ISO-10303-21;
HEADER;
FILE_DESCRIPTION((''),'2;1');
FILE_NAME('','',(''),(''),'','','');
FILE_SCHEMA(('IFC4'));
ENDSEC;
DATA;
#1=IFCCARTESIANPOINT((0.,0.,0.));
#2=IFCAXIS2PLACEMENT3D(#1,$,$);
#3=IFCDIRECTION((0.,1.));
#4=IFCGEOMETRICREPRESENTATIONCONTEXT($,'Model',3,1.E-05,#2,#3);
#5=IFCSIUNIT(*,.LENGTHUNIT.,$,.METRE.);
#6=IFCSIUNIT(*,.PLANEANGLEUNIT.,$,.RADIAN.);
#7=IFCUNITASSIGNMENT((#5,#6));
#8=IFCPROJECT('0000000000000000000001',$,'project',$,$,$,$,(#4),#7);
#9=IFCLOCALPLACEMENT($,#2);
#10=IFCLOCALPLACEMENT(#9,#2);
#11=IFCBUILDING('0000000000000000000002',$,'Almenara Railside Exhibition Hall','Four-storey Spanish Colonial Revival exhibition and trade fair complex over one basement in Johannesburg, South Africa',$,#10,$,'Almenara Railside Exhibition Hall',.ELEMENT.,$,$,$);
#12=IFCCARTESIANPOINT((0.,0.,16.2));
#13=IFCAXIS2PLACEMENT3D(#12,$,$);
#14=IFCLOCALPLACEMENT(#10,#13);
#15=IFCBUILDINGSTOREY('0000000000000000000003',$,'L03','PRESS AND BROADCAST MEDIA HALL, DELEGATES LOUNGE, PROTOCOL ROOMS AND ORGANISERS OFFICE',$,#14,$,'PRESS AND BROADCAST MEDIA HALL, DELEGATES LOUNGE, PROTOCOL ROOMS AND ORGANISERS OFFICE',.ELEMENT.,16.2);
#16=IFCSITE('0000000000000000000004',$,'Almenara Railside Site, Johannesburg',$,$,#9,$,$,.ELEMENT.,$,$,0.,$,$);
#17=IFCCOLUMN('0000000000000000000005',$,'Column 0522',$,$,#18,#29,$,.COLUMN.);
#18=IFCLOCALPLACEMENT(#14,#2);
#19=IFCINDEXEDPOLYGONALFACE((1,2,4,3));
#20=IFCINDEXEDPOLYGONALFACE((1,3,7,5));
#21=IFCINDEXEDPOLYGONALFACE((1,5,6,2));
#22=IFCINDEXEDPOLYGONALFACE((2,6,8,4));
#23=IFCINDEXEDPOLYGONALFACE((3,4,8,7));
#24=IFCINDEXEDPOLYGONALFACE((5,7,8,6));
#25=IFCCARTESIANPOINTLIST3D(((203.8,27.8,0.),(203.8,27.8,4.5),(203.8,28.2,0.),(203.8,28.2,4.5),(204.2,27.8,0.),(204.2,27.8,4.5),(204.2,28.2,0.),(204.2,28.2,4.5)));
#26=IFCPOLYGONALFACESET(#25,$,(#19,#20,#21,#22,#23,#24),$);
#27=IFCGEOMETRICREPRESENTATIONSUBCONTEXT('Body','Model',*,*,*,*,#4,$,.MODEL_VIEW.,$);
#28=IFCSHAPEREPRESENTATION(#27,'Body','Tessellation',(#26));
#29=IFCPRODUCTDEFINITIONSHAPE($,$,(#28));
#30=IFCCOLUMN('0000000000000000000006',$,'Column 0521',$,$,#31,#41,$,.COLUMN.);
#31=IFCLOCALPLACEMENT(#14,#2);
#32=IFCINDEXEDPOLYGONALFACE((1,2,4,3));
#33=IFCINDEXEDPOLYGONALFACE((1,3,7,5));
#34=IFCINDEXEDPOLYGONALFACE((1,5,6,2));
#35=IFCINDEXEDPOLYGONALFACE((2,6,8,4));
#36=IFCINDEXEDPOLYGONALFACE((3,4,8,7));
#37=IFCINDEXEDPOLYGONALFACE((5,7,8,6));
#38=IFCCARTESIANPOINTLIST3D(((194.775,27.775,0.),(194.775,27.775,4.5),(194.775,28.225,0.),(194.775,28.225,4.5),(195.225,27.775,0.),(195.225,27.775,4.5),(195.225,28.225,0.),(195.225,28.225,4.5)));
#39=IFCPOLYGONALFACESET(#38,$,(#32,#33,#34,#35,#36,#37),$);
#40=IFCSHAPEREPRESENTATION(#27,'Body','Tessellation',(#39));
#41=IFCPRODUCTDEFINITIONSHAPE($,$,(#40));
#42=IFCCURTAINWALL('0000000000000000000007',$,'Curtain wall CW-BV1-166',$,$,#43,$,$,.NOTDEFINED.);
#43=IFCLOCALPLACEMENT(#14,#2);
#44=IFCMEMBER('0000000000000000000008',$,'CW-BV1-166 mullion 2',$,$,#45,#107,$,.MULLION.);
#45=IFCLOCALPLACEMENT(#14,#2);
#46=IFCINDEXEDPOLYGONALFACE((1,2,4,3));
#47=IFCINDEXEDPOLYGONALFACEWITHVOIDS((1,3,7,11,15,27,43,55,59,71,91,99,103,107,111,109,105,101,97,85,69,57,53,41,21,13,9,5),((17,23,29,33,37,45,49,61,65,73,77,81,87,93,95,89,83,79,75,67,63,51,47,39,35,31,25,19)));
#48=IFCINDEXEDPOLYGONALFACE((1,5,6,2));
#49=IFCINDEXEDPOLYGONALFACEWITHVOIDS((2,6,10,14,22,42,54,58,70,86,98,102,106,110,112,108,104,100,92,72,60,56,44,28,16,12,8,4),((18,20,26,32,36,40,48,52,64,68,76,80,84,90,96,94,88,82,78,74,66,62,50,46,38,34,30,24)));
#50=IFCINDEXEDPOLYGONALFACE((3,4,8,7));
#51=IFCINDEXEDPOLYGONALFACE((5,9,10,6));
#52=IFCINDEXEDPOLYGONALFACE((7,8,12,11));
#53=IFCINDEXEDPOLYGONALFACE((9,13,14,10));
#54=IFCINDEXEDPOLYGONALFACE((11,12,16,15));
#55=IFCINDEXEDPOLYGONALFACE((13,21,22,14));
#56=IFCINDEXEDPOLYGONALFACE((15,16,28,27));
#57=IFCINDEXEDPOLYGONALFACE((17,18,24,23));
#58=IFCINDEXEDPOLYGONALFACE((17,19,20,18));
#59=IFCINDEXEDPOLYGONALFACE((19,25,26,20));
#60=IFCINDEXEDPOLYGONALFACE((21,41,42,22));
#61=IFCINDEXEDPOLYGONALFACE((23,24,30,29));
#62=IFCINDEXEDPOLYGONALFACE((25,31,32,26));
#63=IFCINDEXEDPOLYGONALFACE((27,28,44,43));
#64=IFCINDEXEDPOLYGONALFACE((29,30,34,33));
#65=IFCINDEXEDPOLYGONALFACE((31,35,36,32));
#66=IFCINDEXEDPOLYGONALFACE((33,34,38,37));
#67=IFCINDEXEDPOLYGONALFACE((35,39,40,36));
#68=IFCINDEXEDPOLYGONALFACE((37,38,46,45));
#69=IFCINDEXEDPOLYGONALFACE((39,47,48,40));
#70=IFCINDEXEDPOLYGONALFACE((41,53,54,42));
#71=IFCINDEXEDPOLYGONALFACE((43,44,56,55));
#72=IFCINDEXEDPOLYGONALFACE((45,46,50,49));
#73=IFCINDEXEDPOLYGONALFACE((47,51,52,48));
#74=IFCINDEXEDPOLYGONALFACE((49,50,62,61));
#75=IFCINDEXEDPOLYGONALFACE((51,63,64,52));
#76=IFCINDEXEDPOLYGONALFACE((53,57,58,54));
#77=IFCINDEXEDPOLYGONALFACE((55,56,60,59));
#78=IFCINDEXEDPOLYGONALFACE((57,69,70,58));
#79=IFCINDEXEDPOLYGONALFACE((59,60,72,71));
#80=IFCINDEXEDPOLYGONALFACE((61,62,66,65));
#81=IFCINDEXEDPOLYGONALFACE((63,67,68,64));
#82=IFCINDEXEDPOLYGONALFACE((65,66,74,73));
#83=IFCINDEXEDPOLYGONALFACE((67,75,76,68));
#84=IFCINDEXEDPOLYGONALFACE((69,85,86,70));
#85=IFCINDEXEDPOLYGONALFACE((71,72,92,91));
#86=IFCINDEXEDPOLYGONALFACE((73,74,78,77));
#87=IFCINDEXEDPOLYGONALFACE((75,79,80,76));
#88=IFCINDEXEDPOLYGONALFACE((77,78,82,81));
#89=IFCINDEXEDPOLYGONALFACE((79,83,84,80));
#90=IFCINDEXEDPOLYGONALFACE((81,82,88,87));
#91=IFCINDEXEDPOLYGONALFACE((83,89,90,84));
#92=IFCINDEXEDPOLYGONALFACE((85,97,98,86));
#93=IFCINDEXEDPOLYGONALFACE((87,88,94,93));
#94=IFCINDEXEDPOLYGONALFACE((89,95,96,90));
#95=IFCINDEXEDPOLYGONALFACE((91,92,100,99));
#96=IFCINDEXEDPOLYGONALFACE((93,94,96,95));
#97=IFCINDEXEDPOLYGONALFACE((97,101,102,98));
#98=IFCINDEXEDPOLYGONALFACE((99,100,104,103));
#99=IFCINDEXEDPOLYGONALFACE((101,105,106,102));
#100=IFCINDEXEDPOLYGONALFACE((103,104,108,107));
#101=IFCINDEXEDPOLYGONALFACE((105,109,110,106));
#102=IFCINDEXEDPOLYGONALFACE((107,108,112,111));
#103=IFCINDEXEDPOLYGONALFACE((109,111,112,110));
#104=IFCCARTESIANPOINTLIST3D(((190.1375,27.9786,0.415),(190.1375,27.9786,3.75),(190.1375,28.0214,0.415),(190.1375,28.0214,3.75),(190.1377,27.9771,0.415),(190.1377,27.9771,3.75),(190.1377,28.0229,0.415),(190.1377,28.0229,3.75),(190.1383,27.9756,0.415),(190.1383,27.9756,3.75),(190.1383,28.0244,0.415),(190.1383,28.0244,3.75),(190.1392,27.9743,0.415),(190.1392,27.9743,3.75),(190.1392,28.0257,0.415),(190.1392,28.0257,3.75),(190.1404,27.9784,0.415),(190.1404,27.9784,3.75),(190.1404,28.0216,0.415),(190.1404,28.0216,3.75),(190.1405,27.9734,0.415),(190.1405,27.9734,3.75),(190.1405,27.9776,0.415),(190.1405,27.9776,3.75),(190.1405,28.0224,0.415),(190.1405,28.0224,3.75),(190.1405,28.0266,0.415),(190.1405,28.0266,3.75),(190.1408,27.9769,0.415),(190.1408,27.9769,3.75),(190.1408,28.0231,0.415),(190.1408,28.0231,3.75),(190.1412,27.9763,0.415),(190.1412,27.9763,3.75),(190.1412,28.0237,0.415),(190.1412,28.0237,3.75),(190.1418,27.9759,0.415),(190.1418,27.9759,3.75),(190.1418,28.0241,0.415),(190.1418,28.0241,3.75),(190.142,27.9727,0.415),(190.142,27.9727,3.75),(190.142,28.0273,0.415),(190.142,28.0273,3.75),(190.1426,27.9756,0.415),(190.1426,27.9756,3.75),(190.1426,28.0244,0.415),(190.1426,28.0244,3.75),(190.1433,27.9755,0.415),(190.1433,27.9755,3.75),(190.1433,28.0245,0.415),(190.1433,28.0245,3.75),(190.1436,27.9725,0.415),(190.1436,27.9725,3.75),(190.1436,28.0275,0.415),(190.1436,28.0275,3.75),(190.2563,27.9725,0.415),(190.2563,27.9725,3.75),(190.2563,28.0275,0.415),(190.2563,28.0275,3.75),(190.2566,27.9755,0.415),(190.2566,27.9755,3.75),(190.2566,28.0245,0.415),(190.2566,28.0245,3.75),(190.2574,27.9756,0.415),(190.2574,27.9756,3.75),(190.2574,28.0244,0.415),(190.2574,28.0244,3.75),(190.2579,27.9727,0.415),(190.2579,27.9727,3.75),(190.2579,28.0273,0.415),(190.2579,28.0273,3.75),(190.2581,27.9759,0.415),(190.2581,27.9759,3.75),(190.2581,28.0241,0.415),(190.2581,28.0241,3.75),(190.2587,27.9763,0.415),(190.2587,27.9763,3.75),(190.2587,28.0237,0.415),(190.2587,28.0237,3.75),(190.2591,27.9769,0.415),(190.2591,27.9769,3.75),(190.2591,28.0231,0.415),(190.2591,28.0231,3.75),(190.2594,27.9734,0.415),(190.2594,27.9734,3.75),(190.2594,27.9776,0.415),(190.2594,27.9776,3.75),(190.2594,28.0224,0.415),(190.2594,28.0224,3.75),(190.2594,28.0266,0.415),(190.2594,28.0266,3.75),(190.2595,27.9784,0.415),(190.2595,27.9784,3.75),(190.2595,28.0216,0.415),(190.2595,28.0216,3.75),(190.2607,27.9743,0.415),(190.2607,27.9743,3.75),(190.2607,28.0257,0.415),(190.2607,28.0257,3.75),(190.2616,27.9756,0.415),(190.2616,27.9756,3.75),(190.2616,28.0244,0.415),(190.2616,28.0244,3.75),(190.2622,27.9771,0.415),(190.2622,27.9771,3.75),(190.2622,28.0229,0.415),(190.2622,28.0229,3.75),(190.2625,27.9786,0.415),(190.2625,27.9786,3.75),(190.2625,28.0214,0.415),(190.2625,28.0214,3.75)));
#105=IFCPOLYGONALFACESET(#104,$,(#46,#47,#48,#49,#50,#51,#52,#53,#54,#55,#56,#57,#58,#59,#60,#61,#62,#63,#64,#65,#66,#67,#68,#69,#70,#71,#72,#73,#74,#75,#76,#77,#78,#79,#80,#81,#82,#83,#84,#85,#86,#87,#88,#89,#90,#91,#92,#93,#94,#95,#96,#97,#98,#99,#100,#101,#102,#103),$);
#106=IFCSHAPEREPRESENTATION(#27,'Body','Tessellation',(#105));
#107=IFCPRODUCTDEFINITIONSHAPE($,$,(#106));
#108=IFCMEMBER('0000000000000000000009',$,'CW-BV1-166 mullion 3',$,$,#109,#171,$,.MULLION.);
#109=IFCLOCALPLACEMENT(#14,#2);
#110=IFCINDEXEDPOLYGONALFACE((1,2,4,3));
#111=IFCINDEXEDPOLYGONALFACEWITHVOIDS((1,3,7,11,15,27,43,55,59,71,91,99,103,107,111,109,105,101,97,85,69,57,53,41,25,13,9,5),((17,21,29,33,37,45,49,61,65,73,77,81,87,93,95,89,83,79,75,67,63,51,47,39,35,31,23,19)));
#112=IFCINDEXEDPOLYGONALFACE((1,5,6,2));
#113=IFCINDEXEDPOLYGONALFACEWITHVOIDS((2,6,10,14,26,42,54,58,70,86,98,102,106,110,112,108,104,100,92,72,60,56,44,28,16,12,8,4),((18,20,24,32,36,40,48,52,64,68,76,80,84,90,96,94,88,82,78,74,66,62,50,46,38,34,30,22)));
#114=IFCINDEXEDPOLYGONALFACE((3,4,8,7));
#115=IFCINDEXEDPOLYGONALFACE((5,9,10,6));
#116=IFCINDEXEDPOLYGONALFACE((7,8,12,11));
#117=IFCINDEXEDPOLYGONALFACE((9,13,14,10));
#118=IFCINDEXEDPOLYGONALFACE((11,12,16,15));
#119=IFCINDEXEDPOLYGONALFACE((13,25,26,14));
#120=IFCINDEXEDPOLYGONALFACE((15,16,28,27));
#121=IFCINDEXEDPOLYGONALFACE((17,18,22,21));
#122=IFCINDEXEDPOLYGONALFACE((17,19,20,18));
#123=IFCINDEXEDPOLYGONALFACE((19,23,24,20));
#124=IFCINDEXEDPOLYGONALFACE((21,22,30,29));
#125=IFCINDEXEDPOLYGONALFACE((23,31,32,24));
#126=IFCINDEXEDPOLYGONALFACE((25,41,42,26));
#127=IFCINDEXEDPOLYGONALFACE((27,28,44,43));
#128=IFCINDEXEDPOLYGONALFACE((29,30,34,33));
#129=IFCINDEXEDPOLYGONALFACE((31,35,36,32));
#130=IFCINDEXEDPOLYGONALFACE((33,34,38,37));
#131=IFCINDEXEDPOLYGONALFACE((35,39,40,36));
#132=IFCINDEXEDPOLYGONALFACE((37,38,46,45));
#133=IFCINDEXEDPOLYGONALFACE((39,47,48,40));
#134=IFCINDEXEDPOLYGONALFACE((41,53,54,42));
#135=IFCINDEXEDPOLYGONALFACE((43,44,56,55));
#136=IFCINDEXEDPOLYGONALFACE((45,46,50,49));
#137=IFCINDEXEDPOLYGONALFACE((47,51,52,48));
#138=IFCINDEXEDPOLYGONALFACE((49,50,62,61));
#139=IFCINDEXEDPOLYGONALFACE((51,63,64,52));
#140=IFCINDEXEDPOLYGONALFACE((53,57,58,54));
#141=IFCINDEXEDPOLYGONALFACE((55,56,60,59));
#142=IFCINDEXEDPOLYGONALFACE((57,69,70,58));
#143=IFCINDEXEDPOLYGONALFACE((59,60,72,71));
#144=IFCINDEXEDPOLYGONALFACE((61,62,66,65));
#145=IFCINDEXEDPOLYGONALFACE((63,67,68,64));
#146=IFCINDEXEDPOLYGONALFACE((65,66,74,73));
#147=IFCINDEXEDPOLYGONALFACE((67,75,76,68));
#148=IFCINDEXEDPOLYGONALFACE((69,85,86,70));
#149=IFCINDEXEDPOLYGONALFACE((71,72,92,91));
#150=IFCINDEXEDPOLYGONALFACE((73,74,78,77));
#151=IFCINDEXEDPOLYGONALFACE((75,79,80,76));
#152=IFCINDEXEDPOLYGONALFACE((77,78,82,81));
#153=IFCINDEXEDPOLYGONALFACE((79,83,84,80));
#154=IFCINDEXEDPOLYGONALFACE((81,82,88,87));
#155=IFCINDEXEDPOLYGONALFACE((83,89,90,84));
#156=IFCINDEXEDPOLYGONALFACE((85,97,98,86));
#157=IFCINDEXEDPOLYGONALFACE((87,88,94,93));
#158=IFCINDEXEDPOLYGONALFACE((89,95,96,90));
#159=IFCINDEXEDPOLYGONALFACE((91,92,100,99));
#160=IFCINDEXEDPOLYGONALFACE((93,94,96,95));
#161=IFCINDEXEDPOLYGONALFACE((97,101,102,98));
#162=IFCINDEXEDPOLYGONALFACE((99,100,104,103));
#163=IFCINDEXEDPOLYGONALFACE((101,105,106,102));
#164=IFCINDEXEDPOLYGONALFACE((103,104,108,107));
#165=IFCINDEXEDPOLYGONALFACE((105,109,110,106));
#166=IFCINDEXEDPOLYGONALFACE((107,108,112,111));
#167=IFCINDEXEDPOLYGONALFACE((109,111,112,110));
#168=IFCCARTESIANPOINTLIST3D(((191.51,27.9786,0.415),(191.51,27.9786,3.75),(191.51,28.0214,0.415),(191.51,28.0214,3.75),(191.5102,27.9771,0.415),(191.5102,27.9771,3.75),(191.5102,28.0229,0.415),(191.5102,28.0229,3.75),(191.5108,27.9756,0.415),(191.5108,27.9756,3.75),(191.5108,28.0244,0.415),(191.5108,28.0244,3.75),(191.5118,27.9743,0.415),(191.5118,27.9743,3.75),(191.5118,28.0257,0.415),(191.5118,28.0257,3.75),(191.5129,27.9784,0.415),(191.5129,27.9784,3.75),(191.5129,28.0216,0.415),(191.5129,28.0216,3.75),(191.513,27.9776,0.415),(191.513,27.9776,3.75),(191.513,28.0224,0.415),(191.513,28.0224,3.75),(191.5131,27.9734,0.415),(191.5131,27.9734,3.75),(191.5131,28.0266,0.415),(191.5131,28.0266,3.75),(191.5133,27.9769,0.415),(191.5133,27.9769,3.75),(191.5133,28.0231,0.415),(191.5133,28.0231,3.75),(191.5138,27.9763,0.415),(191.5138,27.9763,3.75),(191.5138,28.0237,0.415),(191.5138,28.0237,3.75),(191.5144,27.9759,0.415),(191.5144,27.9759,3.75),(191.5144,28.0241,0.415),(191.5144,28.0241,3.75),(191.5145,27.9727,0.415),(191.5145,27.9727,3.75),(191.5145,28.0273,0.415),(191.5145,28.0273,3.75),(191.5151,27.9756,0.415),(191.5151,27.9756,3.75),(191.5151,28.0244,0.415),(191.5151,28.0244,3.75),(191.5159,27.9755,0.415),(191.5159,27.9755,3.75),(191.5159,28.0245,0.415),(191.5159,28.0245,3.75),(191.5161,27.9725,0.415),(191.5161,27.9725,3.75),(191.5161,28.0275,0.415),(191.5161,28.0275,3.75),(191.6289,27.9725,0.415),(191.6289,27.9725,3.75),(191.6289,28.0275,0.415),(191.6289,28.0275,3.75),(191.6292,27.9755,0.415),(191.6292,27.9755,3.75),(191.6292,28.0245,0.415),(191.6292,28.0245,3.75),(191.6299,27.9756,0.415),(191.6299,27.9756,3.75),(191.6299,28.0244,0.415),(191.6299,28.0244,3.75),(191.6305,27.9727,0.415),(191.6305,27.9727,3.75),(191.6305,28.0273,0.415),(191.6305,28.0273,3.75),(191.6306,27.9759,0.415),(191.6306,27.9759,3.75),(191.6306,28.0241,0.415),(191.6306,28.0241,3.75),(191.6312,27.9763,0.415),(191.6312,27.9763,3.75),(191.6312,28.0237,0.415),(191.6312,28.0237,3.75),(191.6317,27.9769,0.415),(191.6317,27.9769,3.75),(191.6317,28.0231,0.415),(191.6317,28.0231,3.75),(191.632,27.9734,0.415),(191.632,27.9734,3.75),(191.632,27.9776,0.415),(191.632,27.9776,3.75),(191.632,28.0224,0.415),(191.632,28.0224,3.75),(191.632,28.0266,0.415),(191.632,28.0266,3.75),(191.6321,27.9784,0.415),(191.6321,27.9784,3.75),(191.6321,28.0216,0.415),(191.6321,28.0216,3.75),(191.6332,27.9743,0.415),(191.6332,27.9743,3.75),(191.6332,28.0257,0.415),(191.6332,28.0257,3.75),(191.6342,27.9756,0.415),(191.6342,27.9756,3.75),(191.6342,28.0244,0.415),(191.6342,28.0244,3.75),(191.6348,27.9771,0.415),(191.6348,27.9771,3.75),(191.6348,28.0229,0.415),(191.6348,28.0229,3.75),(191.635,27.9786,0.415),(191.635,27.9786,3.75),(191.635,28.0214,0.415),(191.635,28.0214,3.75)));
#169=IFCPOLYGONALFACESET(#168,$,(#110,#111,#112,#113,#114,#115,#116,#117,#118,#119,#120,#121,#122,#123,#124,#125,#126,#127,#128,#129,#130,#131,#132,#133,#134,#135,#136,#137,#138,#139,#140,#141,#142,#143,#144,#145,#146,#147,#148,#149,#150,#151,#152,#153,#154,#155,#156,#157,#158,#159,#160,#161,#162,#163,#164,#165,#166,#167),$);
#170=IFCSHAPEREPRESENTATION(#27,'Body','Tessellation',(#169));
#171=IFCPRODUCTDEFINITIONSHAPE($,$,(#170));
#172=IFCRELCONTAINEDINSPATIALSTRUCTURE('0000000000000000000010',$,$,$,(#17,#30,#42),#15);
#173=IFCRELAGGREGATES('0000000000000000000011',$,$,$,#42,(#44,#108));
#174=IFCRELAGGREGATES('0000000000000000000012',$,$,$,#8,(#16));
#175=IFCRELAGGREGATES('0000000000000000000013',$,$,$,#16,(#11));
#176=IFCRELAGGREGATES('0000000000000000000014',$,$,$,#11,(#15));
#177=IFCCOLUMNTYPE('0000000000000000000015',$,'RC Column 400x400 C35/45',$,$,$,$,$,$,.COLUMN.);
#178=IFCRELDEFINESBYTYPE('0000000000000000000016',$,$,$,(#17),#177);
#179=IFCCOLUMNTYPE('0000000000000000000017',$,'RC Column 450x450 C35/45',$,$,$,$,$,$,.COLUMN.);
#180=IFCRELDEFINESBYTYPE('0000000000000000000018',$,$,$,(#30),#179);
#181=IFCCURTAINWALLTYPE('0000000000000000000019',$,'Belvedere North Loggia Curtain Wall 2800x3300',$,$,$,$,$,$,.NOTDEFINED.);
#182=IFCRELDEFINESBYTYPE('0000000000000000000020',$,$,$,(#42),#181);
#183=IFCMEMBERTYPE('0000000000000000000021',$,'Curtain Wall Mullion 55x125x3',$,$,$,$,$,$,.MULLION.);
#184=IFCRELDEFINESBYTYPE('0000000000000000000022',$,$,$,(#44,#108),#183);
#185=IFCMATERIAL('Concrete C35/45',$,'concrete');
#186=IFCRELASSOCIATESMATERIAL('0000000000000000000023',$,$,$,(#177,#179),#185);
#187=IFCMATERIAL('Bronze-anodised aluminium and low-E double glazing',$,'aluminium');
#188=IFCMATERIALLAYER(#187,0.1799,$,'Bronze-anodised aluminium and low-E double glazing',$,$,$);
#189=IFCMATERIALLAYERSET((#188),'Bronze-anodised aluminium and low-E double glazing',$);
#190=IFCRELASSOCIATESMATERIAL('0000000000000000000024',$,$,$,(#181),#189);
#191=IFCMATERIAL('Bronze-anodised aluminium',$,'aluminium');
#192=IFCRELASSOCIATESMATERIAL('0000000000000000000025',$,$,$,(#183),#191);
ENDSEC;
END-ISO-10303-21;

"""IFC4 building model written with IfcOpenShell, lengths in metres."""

from ifc_helpers import new_model, si_unit, direction, frame, origin, origin_2d, place, context, subcontext, project, spatial, rectangle, hollow_rectangle, extrude, material, layer, layer_set, material_profile, profile_set, type_object, element, aggregate, save


model = new_model("IFC4")

# Units and contexts
model_context = context("Model", 3, precision=1e-05, world=origin(), true_north=direction((0.0, 1.0)))
body_context = subcontext(model_context, "Body", "Model", "MODEL_VIEW")
ifc_project = project(units=[si_unit("LENGTHUNIT", "METRE"), si_unit("PLANEANGLEUNIT", "RADIAN")], contexts=[model_context])

# Site, building, storey
site_placement = place(None, origin())
site = spatial("IfcSite", under=ifc_project, at=site_placement, Name="Almenara Railside Site, Johannesburg", CompositionType="ELEMENT", RefElevation=0.0)
building_placement = place(site_placement, origin())
building = spatial("IfcBuilding", under=site, at=building_placement, Name="Almenara Railside Exhibition Hall", Description="Four-storey Spanish Colonial Revival exhibition and trade fair complex over one basement in Johannesburg, South Africa", LongName="Almenara Railside Exhibition Hall", CompositionType="ELEMENT")
storey_placement = place(building_placement, frame((0.0, 0.0, 16.2)))
storey = spatial("IfcBuildingStorey", under=building, at=storey_placement, Name="L03", Description="PRESS AND BROADCAST MEDIA HALL, DELEGATES LOUNGE, PROTOCOL ROOMS AND ORGANISERS OFFICE", LongName="PRESS AND BROADCAST MEDIA HALL, DELEGATES LOUNGE, PROTOCOL ROOMS AND ORGANISERS OFFICE", CompositionType="ELEMENT", Elevation=16.2)

# Columns
ifc_material_1 = material(Name="Concrete C35/45", Category="concrete")
ifc_material_profile_1 = material_profile(ifc_material_1, rectangle(XDim=0.3999, YDim=0.3999, at=origin_2d()), Name="RC 400x400")
ifc_profile_set_1 = profile_set([ifc_material_profile_1], Name="Concrete C35/45")
column_type_1 = type_object("IfcColumnType", Name="RC Column 400x400 C35/45", PredefinedType="COLUMN", material=ifc_profile_set_1)
column_1_placement = place(storey_placement, frame((204.0, 28.0, 0.0), z_axis=(0.0, 0.0, 1.0), x_axis=(1.0, 0.0, 0.0)))
element("IfcColumn", 1, at=column_1_placement, inside=storey, type_object=column_type_1, Name="Column 0522", PredefinedType="COLUMN", context=body_context, shape_type="SweptSolid", body=[
    extrude(rectangle(XDim=0.3999, YDim=0.3999, at=origin_2d()), origin(), (0.0, 0.0, 1.0), 4.5),
])
ifc_material_profile_2 = material_profile(ifc_material_1, rectangle(XDim=0.45, YDim=0.45, at=origin_2d()), Name="RC 450x450")
ifc_profile_set_2 = profile_set([ifc_material_profile_2], Name="Concrete C35/45")
column_type_2 = type_object("IfcColumnType", Name="RC Column 450x450 C35/45", PredefinedType="COLUMN", material=ifc_profile_set_2)
column_2_placement = place(storey_placement, frame((195.0, 28.0, 0.0), z_axis=(0.0, 0.0, 1.0), x_axis=(1.0, 0.0, 0.0)))
element("IfcColumn", 2, at=column_2_placement, inside=storey, type_object=column_type_2, Name="Column 0521", PredefinedType="COLUMN", context=body_context, shape_type="SweptSolid", body=[
    extrude(rectangle(XDim=0.45, YDim=0.45, at=origin_2d()), origin(), (0.0, 0.0, 1.0), 4.5),
])

# Curtain wall, members
ifc_material_2 = material(Name="Bronze-anodised aluminium and low-E double glazing", Category="aluminium")
ifc_layer_1 = layer(ifc_material_2, 0.1799, Name="Bronze-anodised aluminium and low-E double glazing")
ifc_layer_set_1 = layer_set([ifc_layer_1], Name="Bronze-anodised aluminium and low-E double glazing")
curtain_wall_type = type_object("IfcCurtainWallType", Name="Belvedere North Loggia Curtain Wall 2800x3300", PredefinedType="NOTDEFINED", material=ifc_layer_set_1)
curtain_wall_1_placement = place(storey_placement, origin())
curtain_wall_1 = element("IfcCurtainWall", 3, at=curtain_wall_1_placement, inside=storey, type_object=curtain_wall_type, Name="Curtain wall CW-BV1-166", PredefinedType="NOTDEFINED")
ifc_material_3 = material(Name="Bronze-anodised aluminium", Category="aluminium")
ifc_material_profile_3 = material_profile(ifc_material_3, hollow_rectangle(XDim=0.0549, YDim=0.125, WallThickness=0.0029, InnerFilletRadius=0.0029, OuterFilletRadius=0.0061, at=origin_2d()), Name="ALU-MUL 55x125x3")
ifc_profile_set_3 = profile_set([ifc_material_profile_3], Name="Bronze-anodised aluminium")
member_type_1 = type_object("IfcMemberType", Name="Curtain Wall Mullion 55x125x3", PredefinedType="MULLION", material=ifc_profile_set_3)
member_1_placement = place(storey_placement, frame((190.2, 28.0, 0.415), z_axis=(0.0, 0.0, 1.0), x_axis=(0.0, 1.0, 0.0)))
member_1 = element("IfcMember", 4, at=member_1_placement, type_object=member_type_1, Name="CW-BV1-166 mullion 2", PredefinedType="MULLION", context=body_context, shape_type="SweptSolid", body=[
    extrude(hollow_rectangle(XDim=0.0549, YDim=0.125, WallThickness=0.0029, InnerFilletRadius=0.0029, OuterFilletRadius=0.0061, at=origin_2d()), origin(), (0.0, 0.0, 1.0), 3.335),
])
member_2_placement = place(storey_placement, frame((191.5725, 28.0, 0.415), z_axis=(0.0, 0.0, 1.0), x_axis=(0.0, 1.0, 0.0)))
member_2 = element("IfcMember", 5, at=member_2_placement, type_object=member_type_1, Name="CW-BV1-166 mullion 3", PredefinedType="MULLION", context=body_context, shape_type="SweptSolid", body=[
    extrude(hollow_rectangle(XDim=0.0549, YDim=0.125, WallThickness=0.0029, InnerFilletRadius=0.0029, OuterFilletRadius=0.0061, at=origin_2d()), origin(), (0.0, 0.0, 1.0), 3.335),
])

aggregate(curtain_wall_1, [member_1, member_2])

save(model, "model.ifc")
